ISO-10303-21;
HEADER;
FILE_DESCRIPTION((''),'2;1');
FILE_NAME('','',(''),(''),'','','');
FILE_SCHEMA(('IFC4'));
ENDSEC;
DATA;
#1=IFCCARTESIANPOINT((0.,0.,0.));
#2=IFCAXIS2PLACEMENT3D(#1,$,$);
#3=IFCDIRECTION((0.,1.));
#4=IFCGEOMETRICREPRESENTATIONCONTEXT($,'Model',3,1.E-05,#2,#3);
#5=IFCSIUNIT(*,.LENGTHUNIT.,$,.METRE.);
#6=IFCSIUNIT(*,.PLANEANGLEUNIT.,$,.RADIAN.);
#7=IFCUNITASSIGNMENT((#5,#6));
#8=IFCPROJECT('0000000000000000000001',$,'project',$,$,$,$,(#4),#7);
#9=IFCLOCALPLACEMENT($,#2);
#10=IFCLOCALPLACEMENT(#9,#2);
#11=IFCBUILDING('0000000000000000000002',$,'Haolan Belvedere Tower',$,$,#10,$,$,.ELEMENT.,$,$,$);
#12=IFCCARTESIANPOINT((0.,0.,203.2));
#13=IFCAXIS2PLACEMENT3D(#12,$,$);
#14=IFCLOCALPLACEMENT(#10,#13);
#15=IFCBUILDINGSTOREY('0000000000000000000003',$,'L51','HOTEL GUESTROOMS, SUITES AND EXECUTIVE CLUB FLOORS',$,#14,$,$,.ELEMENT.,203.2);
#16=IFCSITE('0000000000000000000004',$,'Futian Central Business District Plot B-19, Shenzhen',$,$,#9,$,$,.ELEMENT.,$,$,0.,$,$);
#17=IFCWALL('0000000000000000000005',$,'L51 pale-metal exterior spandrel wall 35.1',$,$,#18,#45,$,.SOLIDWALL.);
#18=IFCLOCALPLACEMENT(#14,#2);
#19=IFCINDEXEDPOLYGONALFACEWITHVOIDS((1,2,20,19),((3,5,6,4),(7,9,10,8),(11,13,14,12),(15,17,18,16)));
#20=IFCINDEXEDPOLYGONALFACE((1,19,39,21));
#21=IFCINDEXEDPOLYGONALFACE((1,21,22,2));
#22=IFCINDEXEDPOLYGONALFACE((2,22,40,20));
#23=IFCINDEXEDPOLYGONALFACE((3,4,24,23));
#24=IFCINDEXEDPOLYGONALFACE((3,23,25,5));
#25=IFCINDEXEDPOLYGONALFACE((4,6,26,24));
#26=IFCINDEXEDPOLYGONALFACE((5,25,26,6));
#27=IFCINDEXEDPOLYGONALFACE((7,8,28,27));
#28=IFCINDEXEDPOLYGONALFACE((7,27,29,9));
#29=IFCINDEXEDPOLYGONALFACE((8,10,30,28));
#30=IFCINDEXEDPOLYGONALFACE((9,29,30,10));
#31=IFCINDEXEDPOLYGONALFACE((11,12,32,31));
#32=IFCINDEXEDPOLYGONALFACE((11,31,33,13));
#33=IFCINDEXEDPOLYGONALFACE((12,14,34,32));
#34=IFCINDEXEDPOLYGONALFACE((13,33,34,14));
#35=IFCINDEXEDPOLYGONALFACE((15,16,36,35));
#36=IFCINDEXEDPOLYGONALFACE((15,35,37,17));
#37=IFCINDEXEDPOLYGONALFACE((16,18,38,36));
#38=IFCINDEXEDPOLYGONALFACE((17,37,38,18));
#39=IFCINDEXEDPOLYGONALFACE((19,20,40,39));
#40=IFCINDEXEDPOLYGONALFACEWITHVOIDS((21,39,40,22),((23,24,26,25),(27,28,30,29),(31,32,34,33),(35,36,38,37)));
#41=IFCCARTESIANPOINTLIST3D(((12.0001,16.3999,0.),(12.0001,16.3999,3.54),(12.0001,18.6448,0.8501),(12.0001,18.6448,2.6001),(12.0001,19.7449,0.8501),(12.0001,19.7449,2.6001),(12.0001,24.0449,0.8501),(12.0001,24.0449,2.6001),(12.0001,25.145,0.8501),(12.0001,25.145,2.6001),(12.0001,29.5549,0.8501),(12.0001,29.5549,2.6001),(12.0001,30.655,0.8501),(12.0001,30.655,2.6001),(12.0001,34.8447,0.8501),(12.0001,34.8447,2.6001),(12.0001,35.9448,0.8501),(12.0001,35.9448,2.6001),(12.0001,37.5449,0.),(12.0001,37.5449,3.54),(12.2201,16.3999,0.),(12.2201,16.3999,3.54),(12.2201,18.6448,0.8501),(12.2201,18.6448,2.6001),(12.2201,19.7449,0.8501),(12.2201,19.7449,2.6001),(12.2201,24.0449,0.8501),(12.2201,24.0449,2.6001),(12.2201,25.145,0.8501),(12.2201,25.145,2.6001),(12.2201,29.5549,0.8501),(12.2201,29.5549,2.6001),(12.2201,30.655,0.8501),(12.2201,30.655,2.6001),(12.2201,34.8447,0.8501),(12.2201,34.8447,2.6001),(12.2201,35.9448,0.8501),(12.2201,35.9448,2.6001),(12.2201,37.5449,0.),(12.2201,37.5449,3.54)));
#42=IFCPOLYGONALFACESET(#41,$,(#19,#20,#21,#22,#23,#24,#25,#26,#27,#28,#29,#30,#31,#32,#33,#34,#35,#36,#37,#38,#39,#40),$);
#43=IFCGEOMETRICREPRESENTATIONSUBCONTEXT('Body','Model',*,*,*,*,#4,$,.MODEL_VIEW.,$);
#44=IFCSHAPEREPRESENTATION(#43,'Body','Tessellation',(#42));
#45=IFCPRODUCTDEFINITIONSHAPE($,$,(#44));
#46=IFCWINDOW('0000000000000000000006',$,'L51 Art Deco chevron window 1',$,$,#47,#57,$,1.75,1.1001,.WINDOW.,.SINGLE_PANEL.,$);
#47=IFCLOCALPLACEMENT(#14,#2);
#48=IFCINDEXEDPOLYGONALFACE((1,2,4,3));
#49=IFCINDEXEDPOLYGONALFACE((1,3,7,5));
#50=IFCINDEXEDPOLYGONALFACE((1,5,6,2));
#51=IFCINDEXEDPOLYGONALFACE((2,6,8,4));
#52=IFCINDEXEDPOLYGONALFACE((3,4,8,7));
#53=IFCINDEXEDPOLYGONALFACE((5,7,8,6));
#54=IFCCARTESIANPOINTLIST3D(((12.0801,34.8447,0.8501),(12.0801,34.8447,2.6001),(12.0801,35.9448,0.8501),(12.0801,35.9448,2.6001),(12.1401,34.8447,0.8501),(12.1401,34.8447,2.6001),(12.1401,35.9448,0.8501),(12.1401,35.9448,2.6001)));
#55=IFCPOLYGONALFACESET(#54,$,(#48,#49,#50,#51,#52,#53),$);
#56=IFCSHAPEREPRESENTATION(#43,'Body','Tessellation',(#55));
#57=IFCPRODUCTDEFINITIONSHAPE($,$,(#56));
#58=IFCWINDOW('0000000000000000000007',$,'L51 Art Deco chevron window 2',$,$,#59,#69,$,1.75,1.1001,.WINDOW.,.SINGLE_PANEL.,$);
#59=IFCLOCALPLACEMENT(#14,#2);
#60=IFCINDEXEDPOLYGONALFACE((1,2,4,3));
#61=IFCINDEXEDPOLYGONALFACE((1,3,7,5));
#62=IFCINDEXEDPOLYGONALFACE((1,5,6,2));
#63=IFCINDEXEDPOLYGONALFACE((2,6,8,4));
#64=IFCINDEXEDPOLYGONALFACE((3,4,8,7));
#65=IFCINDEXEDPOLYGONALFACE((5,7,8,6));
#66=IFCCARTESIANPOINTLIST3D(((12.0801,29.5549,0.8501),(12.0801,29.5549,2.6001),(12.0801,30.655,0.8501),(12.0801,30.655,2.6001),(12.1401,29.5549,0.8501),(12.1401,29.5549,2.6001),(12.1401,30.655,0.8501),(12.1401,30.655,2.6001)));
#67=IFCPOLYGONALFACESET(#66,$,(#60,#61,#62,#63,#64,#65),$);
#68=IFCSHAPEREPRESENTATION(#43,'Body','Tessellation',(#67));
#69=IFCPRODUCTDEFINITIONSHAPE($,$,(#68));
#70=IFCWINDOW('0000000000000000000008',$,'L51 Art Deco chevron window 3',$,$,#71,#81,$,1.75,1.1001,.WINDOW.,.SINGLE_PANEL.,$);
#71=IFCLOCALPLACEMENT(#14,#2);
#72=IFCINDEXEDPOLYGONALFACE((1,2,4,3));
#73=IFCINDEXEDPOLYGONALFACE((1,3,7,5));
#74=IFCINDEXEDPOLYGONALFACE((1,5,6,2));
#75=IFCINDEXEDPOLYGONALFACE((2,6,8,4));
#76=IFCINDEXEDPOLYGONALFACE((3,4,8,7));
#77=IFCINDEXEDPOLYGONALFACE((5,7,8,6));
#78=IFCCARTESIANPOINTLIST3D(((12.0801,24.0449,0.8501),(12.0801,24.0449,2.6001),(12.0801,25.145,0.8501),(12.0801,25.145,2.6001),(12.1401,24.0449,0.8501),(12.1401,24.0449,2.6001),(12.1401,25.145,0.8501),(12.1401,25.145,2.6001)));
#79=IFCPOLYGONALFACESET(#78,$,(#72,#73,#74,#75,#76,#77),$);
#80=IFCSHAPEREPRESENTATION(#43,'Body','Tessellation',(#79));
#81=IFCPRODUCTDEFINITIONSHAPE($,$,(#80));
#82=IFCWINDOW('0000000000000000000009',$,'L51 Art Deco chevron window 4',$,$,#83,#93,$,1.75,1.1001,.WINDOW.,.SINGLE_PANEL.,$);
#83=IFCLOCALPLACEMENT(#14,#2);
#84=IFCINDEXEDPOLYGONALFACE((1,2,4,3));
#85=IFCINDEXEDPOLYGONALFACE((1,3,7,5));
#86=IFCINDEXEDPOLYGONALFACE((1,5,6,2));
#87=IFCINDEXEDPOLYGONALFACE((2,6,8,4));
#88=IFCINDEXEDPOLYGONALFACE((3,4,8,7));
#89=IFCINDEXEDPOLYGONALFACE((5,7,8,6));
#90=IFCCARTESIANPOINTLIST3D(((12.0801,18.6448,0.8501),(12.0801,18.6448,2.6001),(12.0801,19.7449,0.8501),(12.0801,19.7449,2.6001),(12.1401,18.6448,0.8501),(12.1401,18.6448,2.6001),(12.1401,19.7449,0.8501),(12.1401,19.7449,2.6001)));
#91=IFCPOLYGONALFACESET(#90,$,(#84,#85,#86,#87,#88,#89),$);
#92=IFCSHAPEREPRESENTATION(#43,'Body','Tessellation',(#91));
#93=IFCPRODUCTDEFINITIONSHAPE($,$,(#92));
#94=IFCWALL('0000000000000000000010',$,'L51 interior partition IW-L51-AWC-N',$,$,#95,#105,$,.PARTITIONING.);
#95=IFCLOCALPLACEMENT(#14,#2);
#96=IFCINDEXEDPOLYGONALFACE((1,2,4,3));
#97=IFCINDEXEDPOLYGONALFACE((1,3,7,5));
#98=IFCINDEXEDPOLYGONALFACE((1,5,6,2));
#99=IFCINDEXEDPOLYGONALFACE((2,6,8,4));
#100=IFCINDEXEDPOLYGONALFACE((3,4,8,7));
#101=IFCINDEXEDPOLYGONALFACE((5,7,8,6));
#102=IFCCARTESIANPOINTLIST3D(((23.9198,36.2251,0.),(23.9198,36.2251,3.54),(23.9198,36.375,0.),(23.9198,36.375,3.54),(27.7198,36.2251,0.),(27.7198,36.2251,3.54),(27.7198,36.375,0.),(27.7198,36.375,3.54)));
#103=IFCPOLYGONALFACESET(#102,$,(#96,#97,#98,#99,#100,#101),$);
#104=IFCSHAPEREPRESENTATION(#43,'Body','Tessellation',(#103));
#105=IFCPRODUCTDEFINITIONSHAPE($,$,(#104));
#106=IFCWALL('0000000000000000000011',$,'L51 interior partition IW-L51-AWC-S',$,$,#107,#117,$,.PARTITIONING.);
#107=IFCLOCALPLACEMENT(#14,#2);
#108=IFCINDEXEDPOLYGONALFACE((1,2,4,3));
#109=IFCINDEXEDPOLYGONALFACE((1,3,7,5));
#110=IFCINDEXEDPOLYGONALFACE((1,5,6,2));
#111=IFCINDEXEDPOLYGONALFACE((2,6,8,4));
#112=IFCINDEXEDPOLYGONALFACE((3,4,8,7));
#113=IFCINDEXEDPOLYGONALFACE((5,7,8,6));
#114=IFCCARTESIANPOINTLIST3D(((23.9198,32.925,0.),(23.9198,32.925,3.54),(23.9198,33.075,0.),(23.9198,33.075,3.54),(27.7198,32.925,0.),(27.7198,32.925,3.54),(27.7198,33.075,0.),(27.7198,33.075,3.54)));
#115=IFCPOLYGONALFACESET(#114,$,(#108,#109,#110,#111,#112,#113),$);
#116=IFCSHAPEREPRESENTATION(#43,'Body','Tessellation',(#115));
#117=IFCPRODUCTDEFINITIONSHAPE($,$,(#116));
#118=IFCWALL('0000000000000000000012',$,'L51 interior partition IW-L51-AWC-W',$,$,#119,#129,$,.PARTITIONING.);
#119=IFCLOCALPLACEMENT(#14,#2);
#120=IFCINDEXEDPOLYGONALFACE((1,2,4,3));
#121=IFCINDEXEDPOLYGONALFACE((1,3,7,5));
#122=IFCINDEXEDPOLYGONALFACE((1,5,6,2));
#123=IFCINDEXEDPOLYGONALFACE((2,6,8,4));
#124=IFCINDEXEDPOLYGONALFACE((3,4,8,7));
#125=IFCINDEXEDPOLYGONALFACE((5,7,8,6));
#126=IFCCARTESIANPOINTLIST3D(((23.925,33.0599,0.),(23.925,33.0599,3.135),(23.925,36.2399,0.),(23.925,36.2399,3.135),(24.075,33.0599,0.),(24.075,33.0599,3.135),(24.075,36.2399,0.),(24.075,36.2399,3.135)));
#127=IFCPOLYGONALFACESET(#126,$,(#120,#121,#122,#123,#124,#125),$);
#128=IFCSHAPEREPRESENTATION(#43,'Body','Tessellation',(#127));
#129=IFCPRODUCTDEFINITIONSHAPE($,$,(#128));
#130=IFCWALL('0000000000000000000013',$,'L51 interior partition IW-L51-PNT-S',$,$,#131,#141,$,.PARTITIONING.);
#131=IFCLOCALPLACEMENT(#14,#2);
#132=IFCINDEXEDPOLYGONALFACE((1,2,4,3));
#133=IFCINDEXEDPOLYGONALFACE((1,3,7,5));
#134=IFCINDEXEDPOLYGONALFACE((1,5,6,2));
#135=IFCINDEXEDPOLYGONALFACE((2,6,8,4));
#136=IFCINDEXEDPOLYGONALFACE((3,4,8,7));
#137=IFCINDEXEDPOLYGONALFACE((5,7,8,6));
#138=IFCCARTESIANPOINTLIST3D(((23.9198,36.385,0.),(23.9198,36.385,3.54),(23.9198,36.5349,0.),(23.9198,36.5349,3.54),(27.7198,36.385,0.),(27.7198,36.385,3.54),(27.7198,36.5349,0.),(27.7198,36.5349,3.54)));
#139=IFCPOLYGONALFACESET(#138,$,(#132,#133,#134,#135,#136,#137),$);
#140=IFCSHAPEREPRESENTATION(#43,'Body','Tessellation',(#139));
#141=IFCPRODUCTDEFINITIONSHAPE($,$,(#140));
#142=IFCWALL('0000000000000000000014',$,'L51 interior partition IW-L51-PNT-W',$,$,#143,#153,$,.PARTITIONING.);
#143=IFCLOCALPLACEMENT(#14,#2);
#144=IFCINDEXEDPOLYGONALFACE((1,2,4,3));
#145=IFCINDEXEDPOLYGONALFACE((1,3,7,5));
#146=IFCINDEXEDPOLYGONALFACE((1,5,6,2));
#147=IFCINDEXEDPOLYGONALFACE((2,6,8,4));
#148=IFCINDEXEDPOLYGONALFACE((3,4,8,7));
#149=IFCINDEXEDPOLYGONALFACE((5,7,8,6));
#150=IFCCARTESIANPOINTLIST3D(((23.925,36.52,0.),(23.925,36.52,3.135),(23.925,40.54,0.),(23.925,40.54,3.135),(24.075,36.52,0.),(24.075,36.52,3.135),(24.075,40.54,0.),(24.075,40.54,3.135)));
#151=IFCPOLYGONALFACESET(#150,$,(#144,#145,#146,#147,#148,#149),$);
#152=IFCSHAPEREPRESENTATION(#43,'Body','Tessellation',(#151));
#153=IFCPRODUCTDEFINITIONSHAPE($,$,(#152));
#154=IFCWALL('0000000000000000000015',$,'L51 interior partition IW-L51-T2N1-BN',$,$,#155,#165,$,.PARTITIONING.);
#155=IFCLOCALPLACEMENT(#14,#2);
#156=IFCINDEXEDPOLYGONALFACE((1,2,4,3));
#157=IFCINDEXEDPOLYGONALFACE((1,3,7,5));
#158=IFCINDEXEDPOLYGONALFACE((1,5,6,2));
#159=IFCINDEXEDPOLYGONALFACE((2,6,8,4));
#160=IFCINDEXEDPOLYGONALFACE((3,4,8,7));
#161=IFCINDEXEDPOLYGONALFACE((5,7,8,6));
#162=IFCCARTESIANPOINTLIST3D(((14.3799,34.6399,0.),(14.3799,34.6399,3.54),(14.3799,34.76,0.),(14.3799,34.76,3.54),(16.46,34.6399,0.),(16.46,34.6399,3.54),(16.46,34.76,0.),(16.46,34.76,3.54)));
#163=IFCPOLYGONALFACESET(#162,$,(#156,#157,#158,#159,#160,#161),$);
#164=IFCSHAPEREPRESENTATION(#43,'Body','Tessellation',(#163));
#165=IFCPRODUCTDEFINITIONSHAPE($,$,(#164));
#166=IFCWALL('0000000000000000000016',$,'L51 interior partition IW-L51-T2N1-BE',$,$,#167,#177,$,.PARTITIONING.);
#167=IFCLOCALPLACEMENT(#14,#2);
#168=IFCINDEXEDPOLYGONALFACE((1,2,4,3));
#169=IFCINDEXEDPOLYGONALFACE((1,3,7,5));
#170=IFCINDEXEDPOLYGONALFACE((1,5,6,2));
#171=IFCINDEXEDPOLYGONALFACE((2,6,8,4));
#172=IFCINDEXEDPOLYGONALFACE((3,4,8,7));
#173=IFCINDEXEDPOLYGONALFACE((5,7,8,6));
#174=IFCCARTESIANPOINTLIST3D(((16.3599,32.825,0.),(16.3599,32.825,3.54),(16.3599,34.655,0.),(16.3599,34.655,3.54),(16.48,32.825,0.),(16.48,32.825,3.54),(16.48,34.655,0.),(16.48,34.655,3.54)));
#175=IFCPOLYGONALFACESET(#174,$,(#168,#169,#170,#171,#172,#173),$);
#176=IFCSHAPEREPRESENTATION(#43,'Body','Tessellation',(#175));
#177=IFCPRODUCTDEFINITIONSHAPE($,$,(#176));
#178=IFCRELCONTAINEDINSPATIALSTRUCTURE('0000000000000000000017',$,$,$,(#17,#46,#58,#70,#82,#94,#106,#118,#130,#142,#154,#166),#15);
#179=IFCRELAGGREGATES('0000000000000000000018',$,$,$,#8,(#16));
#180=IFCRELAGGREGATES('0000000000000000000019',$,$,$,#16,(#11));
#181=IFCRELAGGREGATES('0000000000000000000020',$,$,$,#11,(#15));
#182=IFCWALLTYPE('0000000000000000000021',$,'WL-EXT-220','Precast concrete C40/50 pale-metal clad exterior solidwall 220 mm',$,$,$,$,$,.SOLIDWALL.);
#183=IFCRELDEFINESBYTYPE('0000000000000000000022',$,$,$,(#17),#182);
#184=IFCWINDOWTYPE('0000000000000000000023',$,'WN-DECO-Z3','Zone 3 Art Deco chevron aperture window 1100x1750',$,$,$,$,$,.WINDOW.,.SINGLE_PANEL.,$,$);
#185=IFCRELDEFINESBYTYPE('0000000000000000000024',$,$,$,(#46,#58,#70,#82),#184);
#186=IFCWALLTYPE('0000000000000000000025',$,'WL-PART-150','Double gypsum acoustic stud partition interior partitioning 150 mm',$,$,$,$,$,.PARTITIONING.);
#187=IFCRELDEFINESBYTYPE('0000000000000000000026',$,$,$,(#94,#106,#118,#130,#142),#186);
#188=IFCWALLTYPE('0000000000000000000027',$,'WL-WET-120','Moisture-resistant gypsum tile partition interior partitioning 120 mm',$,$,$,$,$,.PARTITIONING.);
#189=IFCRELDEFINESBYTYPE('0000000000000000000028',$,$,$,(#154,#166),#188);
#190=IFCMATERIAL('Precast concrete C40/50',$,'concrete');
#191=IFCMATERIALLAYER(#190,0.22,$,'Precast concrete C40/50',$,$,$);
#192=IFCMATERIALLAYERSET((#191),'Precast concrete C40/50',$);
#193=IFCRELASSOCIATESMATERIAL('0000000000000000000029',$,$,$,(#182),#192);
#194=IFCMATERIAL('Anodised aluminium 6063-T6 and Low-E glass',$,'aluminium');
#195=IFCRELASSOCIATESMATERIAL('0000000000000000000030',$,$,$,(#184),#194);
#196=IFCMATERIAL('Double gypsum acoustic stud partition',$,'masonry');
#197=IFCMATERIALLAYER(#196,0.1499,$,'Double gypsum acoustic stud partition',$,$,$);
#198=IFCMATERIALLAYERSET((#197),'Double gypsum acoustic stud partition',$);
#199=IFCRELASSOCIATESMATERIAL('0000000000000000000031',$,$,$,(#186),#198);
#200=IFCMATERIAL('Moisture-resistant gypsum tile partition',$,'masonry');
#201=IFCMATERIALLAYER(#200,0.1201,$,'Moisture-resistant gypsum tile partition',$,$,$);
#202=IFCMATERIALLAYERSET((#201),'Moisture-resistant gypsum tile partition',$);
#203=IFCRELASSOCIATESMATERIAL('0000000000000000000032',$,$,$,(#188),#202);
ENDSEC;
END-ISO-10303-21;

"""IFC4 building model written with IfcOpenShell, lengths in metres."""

from ifc_helpers import new_model, si_unit, direction, frame, frame_2d, origin, place, context, subcontext, project, spatial, rectangle, extrude, material, layer, layer_set, type_object, element, fill, save


model = new_model("IFC4")

# Units and contexts
model_context = context("Model", 3, precision=1e-05, world=origin(), true_north=direction((0.0, 1.0)))
body_context = subcontext(model_context, "Body", "Model", "MODEL_VIEW")
ifc_project = project(units=[si_unit("LENGTHUNIT", "METRE"), si_unit("PLANEANGLEUNIT", "RADIAN")], contexts=[model_context])

# Site, building, storey
site_placement = place(None, origin())
site = spatial("IfcSite", under=ifc_project, at=site_placement, Name="Futian Central Business District Plot B-19, Shenzhen", CompositionType="ELEMENT", RefElevation=0.0)
building_placement = place(site_placement, origin())
building = spatial("IfcBuilding", under=site, at=building_placement, Name="Haolan Belvedere Tower", CompositionType="ELEMENT")
storey_placement = place(building_placement, frame((0.0, 0.0, 203.2)))
storey = spatial("IfcBuildingStorey", under=building, at=storey_placement, Name="L51", Description="HOTEL GUESTROOMS, SUITES AND EXECUTIVE CLUB FLOORS", CompositionType="ELEMENT", Elevation=203.2)

# Shared definitions
ifc_material_1 = material(Name="Precast concrete C40/50", Category="concrete")
ifc_layer_1 = layer(ifc_material_1, 0.22, Name="Precast concrete C40/50")
ifc_layer_set_1 = layer_set([ifc_layer_1], Name="Precast concrete C40/50")
wall_type_1 = type_object("IfcWallType", Name="WL-EXT-220", Description="Precast concrete C40/50 pale-metal clad exterior solidwall 220 mm", PredefinedType="SOLIDWALL", material=ifc_layer_set_1)

# Wall, openings, windows
wall_1_placement = place(storey_placement, frame((12.1101, 37.5449, 0.0), z_axis=(0.0, 0.0, 1.0), x_axis=(0.0, -1.0, 0.0)))
wall_1 = element("IfcWall", 1, at=wall_1_placement, inside=storey, type_object=wall_type_1, Name="L51 pale-metal exterior spandrel wall 35.1", PredefinedType="SOLIDWALL", context=body_context, shape_type="SweptSolid", body=[
    extrude(rectangle(XDim=21.145, YDim=0.22, at=frame_2d((10.5725, 0.0))), origin(), (0.0, 0.0, 1.0), 3.54),
])
opening_1_placement = place(wall_1_placement, frame((1.6001, 0.0, 0.8501)))
opening_1 = element("IfcOpeningElement", 2, at=opening_1_placement, cuts=wall_1, PredefinedType="OPENING", context=body_context, shape_type="SweptSolid", body=[
    extrude(rectangle(XDim=1.1001, YDim=1.75, at=frame_2d((0.55, 0.875))), frame((0.0, 0.1199, 0.0), z_axis=(0.0, -1.0, 0.0), x_axis=(1.0, 0.0, 0.0)), (0.0, 0.0, 1.0), 0.24),
])
opening_2_placement = place(wall_1_placement, frame((6.8899, 0.0, 0.8501)))
opening_2 = element("IfcOpeningElement", 3, at=opening_2_placement, cuts=wall_1, PredefinedType="OPENING", context=body_context, shape_type="SweptSolid", body=[
    extrude(rectangle(XDim=1.1001, YDim=1.75, at=frame_2d((0.55, 0.875))), frame((0.0, 0.1199, 0.0), z_axis=(0.0, -1.0, 0.0), x_axis=(1.0, 0.0, 0.0)), (0.0, 0.0, 1.0), 0.24),
])
opening_3_placement = place(wall_1_placement, frame((12.3999, 0.0, 0.8501)))
opening_3 = element("IfcOpeningElement", 4, at=opening_3_placement, cuts=wall_1, PredefinedType="OPENING", context=body_context, shape_type="SweptSolid", body=[
    extrude(rectangle(XDim=1.1001, YDim=1.75, at=frame_2d((0.55, 0.875))), frame((0.0, 0.1199, 0.0), z_axis=(0.0, -1.0, 0.0), x_axis=(1.0, 0.0, 0.0)), (0.0, 0.0, 1.0), 0.24),
])
opening_4_placement = place(wall_1_placement, frame((17.8, 0.0, 0.8501)))
opening_4 = element("IfcOpeningElement", 5, at=opening_4_placement, cuts=wall_1, PredefinedType="OPENING", context=body_context, shape_type="SweptSolid", body=[
    extrude(rectangle(XDim=1.1001, YDim=1.75, at=frame_2d((0.55, 0.875))), frame((0.0, 0.1199, 0.0), z_axis=(0.0, -1.0, 0.0), x_axis=(1.0, 0.0, 0.0)), (0.0, 0.0, 1.0), 0.24),
])
ifc_material_2 = material(Name="Anodised aluminium 6063-T6 and Low-E glass", Category="aluminium")
window_type = type_object("IfcWindowType", Name="WN-DECO-Z3", Description="Zone 3 Art Deco chevron aperture window 1100x1750", PartitioningType="SINGLE_PANEL", PredefinedType="WINDOW", material=ifc_material_2)
window_1_placement = place(opening_1_placement, origin())
window_1 = element("IfcWindow", 6, at=window_1_placement, inside=storey, type_object=window_type, Name="L51 Art Deco chevron window 1", OverallHeight=1.75, OverallWidth=1.1001, PartitioningType="SINGLE_PANEL", PredefinedType="WINDOW", context=body_context, shape_type="SweptSolid", body=[
    extrude(rectangle(XDim=1.1001, YDim=1.75, at=frame_2d((0.55, 0.875))), frame((0.0, 0.03, 0.0), z_axis=(0.0, -1.0, 0.0), x_axis=(1.0, 0.0, 0.0)), (0.0, 0.0, 1.0), 0.0601),
])
fill(opening_1, window_1)
window_2_placement = place(opening_2_placement, origin())
window_2 = element("IfcWindow", 7, at=window_2_placement, inside=storey, type_object=window_type, Name="L51 Art Deco chevron window 2", OverallHeight=1.75, OverallWidth=1.1001, PartitioningType="SINGLE_PANEL", PredefinedType="WINDOW", context=body_context, shape_type="SweptSolid", body=[
    extrude(rectangle(XDim=1.1001, YDim=1.75, at=frame_2d((0.55, 0.875))), frame((0.0, 0.03, 0.0), z_axis=(0.0, -1.0, 0.0), x_axis=(1.0, 0.0, 0.0)), (0.0, 0.0, 1.0), 0.0601),
])
fill(opening_2, window_2)
window_3_placement = place(opening_3_placement, origin())
window_3 = element("IfcWindow", 8, at=window_3_placement, inside=storey, type_object=window_type, Name="L51 Art Deco chevron window 3", OverallHeight=1.75, OverallWidth=1.1001, PartitioningType="SINGLE_PANEL", PredefinedType="WINDOW", context=body_context, shape_type="SweptSolid", body=[
    extrude(rectangle(XDim=1.1001, YDim=1.75, at=frame_2d((0.55, 0.875))), frame((0.0, 0.03, 0.0), z_axis=(0.0, -1.0, 0.0), x_axis=(1.0, 0.0, 0.0)), (0.0, 0.0, 1.0), 0.0601),
])
fill(opening_3, window_3)
window_4_placement = place(opening_4_placement, origin())
window_4 = element("IfcWindow", 9, at=window_4_placement, inside=storey, type_object=window_type, Name="L51 Art Deco chevron window 4", OverallHeight=1.75, OverallWidth=1.1001, PartitioningType="SINGLE_PANEL", PredefinedType="WINDOW", context=body_context, shape_type="SweptSolid", body=[
    extrude(rectangle(XDim=1.1001, YDim=1.75, at=frame_2d((0.55, 0.875))), frame((0.0, 0.03, 0.0), z_axis=(0.0, -1.0, 0.0), x_axis=(1.0, 0.0, 0.0)), (0.0, 0.0, 1.0), 0.0601),
])
fill(opening_4, window_4)

# Walls
ifc_material_3 = material(Name="Double gypsum acoustic stud partition", Category="masonry")
ifc_layer_2 = layer(ifc_material_3, 0.1499, Name="Double gypsum acoustic stud partition")
ifc_layer_set_2 = layer_set([ifc_layer_2], Name="Double gypsum acoustic stud partition")
wall_type_2 = type_object("IfcWallType", Name="WL-PART-150", Description="Double gypsum acoustic stud partition interior partitioning 150 mm", PredefinedType="PARTITIONING", material=ifc_layer_set_2)
for number, where, z_axis, x_axis, name in (
    (10, (23.9199, 36.3, 0.0), (0.0, 0.0, 1.0), (1.0, 0.0, 0.0), "L51 interior partition IW-L51-AWC-N"),
    (11, (23.9199, 33.0, 0.0), (0.0, 0.0, 1.0), (1.0, 0.0, 0.0), "L51 interior partition IW-L51-AWC-S"),
):
    element("IfcWall", number, at=place(storey_placement, frame(where, z_axis=z_axis, x_axis=x_axis)), inside=storey, type_object=wall_type_2, Name=name, PredefinedType="PARTITIONING", context=body_context, shape_type="SweptSolid", body=[
        extrude(rectangle(XDim=3.8, YDim=0.1499, at=frame_2d((1.8999, 0.0))), origin(), (0.0, 0.0, 1.0), 3.54),
    ])
wall_2_placement = place(storey_placement, frame((24.0, 33.0601, 0.0), z_axis=(0.0, 0.0, 1.0), x_axis=(0.0, 1.0, 0.0)))
element("IfcWall", 12, at=wall_2_placement, inside=storey, type_object=wall_type_2, Name="L51 interior partition IW-L51-AWC-W", PredefinedType="PARTITIONING", context=body_context, shape_type="SweptSolid", body=[
    extrude(rectangle(XDim=3.1799, YDim=0.1499, at=frame_2d((1.5898, 0.0))), origin(), (0.0, 0.0, 1.0), 3.135),
])
wall_3_placement = place(storey_placement, frame((23.9199, 36.46, 0.0), z_axis=(0.0, 0.0, 1.0), x_axis=(1.0, 0.0, 0.0)))
element("IfcWall", 13, at=wall_3_placement, inside=storey, type_object=wall_type_2, Name="L51 interior partition IW-L51-PNT-S", PredefinedType="PARTITIONING", context=body_context, shape_type="SweptSolid", body=[
    extrude(rectangle(XDim=3.8, YDim=0.1499, at=frame_2d((1.8999, 0.0))), origin(), (0.0, 0.0, 1.0), 3.54),
])
wall_4_placement = place(storey_placement, frame((24.0, 36.52, 0.0), z_axis=(0.0, 0.0, 1.0), x_axis=(0.0, 1.0, 0.0)))
element("IfcWall", 14, at=wall_4_placement, inside=storey, type_object=wall_type_2, Name="L51 interior partition IW-L51-PNT-W", PredefinedType="PARTITIONING", context=body_context, shape_type="SweptSolid", body=[
    extrude(rectangle(XDim=4.02, YDim=0.1499, at=frame_2d((2.01, 0.0))), origin(), (0.0, 0.0, 1.0), 3.135),
])
ifc_material_4 = material(Name="Moisture-resistant gypsum tile partition", Category="masonry")
ifc_layer_3 = layer(ifc_material_4, 0.1201, Name="Moisture-resistant gypsum tile partition")
ifc_layer_set_3 = layer_set([ifc_layer_3], Name="Moisture-resistant gypsum tile partition")
wall_type_3 = type_object("IfcWallType", Name="WL-WET-120", Description="Moisture-resistant gypsum tile partition interior partitioning 120 mm", PredefinedType="PARTITIONING", material=ifc_layer_set_3)
wall_5_placement = place(storey_placement, frame((14.3799, 34.7, 0.0), z_axis=(0.0, 0.0, 1.0), x_axis=(1.0, 0.0, 0.0)))
element("IfcWall", 15, at=wall_5_placement, inside=storey, type_object=wall_type_3, Name="L51 interior partition IW-L51-T2N1-BN", PredefinedType="PARTITIONING", context=body_context, shape_type="SweptSolid", body=[
    extrude(rectangle(XDim=2.0801, YDim=0.1201, at=frame_2d((1.04, 0.0))), origin(), (0.0, 0.0, 1.0), 3.54),
])
wall_6_placement = place(storey_placement, frame((16.4199, 32.825, 0.0), z_axis=(0.0, 0.0, 1.0), x_axis=(0.0, 1.0, 0.0)))
element("IfcWall", 16, at=wall_6_placement, inside=storey, type_object=wall_type_3, Name="L51 interior partition IW-L51-T2N1-BE", PredefinedType="PARTITIONING", context=body_context, shape_type="SweptSolid", body=[
    extrude(rectangle(XDim=1.8301, YDim=0.1201, at=frame_2d((0.915, 0.0))), origin(), (0.0, 0.0, 1.0), 3.54),
])

save(model, "model.ifc")
